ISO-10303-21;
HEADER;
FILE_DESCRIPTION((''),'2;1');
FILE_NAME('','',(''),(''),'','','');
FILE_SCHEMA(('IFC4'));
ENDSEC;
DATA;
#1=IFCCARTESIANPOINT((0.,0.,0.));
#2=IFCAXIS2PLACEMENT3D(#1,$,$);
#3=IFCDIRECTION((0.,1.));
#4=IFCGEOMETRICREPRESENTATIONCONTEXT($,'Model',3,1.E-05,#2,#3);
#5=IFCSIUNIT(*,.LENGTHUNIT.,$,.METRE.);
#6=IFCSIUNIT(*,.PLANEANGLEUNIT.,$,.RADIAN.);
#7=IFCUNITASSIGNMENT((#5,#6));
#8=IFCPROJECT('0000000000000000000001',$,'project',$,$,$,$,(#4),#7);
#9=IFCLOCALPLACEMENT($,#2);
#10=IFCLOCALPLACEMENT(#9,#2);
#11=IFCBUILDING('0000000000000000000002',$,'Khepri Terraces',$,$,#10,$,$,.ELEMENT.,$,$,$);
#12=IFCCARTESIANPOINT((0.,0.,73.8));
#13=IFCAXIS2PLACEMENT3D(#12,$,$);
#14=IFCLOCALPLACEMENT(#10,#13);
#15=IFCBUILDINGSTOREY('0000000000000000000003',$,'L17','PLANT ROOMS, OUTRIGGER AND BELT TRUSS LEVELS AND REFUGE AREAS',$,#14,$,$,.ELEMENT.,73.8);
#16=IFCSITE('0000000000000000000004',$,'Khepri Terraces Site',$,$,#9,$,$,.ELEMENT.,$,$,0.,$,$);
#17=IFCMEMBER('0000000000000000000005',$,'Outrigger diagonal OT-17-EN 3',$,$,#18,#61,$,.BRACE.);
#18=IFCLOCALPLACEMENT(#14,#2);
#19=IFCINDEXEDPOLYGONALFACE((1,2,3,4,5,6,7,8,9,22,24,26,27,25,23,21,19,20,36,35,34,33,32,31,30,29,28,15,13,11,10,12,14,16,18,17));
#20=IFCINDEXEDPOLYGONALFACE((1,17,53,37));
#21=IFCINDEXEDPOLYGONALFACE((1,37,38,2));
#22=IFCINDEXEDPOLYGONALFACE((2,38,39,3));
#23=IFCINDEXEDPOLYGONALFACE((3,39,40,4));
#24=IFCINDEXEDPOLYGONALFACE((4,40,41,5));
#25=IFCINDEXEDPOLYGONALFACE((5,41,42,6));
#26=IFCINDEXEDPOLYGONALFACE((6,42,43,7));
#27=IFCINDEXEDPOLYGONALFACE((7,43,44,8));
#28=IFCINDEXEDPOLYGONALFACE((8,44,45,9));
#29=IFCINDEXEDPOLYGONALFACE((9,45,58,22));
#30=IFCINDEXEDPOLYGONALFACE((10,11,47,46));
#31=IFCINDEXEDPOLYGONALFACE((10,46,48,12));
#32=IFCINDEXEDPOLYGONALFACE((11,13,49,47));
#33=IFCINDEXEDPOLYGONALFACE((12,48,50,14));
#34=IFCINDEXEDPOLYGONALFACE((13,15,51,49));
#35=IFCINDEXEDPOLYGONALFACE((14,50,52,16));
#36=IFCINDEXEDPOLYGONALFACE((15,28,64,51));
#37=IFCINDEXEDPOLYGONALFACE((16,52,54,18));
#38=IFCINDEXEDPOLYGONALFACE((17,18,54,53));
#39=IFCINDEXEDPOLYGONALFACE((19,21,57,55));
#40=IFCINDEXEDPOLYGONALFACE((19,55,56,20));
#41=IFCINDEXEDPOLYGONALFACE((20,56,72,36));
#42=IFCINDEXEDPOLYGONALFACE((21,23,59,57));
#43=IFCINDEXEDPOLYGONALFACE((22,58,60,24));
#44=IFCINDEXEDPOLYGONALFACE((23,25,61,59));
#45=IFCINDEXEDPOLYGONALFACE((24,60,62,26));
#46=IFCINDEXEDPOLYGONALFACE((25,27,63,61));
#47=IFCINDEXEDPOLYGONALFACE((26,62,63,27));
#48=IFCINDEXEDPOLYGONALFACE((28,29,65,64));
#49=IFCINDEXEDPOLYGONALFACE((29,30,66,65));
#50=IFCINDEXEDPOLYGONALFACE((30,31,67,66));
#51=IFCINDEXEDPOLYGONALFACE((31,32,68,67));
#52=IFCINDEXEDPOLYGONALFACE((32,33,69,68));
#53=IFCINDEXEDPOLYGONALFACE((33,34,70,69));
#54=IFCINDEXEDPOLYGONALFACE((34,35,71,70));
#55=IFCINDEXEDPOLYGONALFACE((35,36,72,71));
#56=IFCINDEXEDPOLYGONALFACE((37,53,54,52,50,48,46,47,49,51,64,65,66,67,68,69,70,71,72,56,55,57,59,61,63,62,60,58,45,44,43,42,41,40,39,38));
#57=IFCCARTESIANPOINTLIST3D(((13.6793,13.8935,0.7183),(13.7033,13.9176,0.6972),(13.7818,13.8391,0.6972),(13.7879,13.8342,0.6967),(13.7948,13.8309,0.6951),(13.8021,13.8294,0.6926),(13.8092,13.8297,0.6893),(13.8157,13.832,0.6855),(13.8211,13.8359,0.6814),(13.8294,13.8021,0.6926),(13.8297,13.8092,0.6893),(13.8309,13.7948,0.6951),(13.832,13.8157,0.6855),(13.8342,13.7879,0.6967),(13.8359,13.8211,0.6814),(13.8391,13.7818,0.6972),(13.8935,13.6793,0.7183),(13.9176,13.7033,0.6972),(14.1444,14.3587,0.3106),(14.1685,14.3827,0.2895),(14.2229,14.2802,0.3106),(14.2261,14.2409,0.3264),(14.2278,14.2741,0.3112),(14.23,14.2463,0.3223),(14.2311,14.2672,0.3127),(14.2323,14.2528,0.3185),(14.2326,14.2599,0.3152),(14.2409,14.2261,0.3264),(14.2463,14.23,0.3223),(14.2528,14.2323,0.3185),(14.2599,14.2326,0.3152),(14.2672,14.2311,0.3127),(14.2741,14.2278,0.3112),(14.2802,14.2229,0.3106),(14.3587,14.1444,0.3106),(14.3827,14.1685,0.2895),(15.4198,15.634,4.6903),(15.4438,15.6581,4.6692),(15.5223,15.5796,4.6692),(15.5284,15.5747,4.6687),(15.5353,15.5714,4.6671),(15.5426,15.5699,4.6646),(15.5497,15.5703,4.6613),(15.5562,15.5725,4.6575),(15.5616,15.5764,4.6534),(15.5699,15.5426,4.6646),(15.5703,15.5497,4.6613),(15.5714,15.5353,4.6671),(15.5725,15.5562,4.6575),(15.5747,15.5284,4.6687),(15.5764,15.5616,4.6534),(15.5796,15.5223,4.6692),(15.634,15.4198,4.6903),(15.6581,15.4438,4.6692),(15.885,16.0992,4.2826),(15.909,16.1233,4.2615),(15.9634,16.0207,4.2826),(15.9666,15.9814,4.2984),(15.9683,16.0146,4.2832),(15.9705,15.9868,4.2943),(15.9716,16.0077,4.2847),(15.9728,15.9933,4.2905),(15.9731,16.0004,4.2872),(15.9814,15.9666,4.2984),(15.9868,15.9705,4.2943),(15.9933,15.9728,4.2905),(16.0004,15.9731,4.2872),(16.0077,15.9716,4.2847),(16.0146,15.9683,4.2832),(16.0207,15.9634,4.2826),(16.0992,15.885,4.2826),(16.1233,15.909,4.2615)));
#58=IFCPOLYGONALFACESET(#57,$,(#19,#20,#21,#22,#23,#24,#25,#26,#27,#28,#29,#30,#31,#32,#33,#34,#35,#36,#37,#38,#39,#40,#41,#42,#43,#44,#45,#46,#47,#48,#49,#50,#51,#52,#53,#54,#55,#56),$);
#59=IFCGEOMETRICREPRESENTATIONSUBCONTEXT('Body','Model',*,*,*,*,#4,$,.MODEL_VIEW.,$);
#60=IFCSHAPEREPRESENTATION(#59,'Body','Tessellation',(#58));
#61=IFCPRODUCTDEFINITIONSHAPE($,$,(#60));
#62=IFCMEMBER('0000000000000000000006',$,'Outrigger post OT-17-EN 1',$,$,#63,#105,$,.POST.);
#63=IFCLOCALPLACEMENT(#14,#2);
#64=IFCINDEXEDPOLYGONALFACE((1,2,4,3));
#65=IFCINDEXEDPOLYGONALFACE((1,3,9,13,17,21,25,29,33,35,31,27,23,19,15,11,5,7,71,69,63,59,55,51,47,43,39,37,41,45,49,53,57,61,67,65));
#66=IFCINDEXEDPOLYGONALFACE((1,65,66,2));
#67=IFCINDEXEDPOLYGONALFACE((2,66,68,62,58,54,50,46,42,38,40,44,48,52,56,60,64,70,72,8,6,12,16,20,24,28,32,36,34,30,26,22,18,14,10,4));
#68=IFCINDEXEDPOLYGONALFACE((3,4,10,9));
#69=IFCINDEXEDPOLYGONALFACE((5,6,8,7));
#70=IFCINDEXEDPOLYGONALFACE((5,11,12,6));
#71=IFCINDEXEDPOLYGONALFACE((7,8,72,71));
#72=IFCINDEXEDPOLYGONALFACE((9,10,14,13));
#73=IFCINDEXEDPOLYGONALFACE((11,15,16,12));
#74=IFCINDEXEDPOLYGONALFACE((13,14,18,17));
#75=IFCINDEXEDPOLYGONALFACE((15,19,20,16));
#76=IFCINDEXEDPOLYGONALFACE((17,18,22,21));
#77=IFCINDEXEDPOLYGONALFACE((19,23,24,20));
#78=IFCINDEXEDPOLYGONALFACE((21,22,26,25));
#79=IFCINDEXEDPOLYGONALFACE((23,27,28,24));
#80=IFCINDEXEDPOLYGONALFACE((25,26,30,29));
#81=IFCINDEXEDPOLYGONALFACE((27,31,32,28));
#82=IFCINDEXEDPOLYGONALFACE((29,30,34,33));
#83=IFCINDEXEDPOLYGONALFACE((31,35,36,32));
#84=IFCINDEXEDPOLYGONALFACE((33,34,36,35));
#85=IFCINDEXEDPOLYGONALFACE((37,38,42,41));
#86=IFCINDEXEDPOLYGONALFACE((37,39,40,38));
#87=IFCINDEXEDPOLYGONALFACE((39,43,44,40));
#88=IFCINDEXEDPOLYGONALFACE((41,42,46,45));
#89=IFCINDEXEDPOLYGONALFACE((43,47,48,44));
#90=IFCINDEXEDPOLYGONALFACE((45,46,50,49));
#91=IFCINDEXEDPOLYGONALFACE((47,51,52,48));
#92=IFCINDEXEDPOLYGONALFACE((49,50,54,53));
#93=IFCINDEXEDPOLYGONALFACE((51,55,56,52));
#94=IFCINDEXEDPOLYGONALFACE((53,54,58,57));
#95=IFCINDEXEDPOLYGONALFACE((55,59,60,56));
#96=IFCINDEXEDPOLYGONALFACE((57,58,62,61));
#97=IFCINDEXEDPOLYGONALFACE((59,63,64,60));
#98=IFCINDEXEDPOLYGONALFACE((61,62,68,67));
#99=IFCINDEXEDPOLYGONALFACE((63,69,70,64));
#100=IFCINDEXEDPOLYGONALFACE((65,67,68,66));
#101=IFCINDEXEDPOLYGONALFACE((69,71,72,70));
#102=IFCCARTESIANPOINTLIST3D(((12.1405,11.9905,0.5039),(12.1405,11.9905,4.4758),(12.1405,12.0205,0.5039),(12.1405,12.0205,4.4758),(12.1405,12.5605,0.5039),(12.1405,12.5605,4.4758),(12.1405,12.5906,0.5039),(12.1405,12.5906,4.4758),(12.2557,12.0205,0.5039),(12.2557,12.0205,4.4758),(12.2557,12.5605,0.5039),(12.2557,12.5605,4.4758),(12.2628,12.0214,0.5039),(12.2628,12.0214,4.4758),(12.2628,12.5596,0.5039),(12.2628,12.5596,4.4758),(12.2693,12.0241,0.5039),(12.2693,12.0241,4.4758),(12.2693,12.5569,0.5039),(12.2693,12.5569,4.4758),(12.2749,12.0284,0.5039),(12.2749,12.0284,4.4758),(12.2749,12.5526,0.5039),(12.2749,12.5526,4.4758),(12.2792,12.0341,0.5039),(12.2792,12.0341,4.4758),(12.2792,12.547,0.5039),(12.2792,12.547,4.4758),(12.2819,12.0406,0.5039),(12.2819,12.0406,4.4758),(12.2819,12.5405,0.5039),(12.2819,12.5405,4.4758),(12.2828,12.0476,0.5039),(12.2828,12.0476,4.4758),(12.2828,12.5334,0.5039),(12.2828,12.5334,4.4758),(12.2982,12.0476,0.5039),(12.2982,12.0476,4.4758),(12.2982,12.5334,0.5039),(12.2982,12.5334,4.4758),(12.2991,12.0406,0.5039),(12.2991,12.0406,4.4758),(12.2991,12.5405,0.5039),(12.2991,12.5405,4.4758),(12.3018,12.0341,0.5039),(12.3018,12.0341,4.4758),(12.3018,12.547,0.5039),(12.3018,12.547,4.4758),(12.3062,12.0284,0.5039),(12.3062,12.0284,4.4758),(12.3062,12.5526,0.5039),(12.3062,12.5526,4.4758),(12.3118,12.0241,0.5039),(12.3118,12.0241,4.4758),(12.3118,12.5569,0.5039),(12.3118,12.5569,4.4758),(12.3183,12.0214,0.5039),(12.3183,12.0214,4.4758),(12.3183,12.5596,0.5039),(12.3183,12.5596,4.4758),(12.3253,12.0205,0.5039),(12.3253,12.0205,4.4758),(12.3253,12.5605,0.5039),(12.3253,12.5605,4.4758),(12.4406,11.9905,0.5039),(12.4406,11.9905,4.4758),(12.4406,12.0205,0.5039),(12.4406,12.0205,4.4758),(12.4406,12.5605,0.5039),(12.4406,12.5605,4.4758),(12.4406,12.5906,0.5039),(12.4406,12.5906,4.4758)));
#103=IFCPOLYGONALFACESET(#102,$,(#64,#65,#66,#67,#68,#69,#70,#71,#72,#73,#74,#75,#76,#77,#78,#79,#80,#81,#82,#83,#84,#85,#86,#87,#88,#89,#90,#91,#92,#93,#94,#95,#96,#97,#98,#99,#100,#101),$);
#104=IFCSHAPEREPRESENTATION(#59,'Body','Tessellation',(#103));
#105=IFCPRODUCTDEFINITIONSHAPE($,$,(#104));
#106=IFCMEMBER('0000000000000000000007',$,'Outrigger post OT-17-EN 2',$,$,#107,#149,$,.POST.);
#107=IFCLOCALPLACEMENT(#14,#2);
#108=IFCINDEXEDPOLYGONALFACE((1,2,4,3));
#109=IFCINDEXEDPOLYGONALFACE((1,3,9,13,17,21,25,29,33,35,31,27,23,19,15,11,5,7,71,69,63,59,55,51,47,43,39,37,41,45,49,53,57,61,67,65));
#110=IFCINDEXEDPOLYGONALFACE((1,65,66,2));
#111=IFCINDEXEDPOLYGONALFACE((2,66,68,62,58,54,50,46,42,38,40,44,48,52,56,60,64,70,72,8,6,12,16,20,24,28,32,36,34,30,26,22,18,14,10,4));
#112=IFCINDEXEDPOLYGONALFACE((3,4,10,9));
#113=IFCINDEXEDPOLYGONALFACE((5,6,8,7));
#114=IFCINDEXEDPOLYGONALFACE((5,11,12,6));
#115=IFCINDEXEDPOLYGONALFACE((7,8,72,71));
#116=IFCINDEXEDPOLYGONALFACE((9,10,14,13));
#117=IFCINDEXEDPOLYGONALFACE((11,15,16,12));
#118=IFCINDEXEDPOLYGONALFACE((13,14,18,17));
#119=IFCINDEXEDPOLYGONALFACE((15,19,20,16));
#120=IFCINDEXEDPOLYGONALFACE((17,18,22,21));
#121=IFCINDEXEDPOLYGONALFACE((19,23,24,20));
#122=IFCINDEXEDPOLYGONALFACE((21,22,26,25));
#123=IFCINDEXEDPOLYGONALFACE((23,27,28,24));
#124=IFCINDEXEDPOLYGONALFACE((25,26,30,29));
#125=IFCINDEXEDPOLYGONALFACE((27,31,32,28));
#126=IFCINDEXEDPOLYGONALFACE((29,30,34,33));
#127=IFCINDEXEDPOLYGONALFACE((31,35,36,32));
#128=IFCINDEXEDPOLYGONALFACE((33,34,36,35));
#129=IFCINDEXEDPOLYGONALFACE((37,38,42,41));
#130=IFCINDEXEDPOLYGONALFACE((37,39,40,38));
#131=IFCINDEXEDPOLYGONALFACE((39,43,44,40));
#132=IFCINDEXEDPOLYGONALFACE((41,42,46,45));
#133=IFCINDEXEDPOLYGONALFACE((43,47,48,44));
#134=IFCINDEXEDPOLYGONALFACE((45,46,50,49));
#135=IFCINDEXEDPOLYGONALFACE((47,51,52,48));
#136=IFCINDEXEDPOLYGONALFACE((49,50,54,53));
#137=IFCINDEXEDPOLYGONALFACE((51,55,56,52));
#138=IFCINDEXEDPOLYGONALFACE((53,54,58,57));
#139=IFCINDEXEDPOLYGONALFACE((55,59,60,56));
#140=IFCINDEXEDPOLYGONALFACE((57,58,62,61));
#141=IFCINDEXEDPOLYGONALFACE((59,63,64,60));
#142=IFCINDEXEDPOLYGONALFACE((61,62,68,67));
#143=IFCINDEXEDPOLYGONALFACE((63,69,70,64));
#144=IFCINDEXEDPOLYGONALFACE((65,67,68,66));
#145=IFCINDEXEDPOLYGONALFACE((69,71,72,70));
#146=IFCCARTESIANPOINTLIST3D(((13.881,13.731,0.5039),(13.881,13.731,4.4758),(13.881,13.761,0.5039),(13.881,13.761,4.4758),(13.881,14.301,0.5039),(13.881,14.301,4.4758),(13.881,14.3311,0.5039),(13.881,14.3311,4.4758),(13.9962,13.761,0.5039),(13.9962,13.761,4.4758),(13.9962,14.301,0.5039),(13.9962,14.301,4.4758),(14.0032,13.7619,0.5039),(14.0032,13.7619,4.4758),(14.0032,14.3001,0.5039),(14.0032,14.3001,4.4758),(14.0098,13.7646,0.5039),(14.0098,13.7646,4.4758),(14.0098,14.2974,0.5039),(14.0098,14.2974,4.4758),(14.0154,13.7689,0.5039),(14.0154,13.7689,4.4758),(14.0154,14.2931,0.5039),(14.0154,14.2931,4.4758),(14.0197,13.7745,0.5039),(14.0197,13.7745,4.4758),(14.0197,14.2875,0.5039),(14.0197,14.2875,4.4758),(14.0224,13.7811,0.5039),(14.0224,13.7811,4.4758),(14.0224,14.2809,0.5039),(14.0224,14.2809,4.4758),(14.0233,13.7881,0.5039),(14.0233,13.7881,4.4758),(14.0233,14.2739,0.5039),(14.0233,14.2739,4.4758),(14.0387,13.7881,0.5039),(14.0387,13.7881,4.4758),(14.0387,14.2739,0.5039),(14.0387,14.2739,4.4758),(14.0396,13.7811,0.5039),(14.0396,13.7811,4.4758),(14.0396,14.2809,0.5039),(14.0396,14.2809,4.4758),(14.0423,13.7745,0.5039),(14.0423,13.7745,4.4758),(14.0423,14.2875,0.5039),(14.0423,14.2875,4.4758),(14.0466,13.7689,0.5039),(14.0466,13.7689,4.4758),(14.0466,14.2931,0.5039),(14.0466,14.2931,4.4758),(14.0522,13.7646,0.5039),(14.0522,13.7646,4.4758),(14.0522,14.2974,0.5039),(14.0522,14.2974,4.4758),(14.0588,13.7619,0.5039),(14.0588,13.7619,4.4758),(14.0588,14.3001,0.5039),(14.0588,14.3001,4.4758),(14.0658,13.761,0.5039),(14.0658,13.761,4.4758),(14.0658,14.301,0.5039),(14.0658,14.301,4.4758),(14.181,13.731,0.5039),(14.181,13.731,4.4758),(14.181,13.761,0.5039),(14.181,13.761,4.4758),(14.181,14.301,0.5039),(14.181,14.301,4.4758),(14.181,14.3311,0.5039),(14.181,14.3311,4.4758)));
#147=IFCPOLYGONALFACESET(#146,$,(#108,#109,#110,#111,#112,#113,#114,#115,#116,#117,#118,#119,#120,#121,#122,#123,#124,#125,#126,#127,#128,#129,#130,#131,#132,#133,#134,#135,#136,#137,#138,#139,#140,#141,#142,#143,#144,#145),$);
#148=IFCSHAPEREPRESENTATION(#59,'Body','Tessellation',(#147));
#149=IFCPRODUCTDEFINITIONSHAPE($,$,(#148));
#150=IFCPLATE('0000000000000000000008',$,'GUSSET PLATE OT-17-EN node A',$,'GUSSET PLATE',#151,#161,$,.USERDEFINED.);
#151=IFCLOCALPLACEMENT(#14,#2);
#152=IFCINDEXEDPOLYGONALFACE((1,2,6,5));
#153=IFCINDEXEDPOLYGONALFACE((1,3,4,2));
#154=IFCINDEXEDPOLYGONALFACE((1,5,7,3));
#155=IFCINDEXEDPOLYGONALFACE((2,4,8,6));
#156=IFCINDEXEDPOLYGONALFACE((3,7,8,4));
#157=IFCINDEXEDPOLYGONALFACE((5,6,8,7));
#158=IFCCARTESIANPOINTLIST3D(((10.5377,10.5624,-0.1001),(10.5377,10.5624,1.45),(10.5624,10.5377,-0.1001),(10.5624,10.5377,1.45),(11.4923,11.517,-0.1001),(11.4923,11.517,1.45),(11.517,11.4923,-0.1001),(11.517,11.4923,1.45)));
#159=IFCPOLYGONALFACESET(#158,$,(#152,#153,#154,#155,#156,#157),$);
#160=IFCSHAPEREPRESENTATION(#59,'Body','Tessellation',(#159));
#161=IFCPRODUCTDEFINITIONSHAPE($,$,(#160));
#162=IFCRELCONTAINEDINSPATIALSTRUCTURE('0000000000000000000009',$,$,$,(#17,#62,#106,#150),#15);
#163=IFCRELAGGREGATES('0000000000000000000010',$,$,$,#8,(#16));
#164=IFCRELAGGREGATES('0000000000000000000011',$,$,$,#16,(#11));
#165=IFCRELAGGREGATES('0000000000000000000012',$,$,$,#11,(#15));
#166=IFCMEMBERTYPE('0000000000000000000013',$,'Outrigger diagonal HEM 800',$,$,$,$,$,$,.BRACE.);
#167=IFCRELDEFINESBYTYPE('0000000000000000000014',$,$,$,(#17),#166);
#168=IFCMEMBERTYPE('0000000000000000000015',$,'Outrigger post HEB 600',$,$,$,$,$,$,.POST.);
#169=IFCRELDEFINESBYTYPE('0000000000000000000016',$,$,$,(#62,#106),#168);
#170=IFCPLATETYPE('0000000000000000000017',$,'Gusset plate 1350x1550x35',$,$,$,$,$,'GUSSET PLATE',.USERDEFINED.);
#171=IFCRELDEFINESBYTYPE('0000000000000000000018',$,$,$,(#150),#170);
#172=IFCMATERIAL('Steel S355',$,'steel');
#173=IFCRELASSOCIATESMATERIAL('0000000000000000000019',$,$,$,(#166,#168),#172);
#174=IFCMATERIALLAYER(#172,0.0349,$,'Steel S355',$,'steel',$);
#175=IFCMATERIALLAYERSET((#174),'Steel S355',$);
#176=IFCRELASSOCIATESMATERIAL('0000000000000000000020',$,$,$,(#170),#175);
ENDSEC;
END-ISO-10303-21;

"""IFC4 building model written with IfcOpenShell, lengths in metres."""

from ifc_helpers import new_model, si_unit, direction, frame, origin, origin_2d, place, context, subcontext, project, spatial, rectangle, i_section, extrude, material, layer, layer_set, material_profile, profile_set, type_object, element, save


model = new_model("IFC4")

# Units and contexts
model_context = context("Model", 3, precision=1e-05, world=origin(), true_north=direction((0.0, 1.0)))
body_context = subcontext(model_context, "Body", "Model", "MODEL_VIEW")
ifc_project = project(units=[si_unit("LENGTHUNIT", "METRE"), si_unit("PLANEANGLEUNIT", "RADIAN")], contexts=[model_context])

# Site, building, storey
site_placement = place(None, origin())
site = spatial("IfcSite", under=ifc_project, at=site_placement, Name="Khepri Terraces Site", CompositionType="ELEMENT", RefElevation=0.0)
building_placement = place(site_placement, origin())
building = spatial("IfcBuilding", under=site, at=building_placement, Name="Khepri Terraces", CompositionType="ELEMENT")
storey_placement = place(building_placement, frame((0.0, 0.0, 73.8)))
storey = spatial("IfcBuildingStorey", under=building, at=storey_placement, Name="L17", Description="PLANT ROOMS, OUTRIGGER AND BELT TRUSS LEVELS AND REFUGE AREAS", CompositionType="ELEMENT", Elevation=73.8)

# Members
ifc_material_1 = material(Name="Steel S355", Category="steel")
ifc_material_profile_1 = material_profile(ifc_material_1, i_section(OverallWidth=0.303, OverallDepth=0.814, WebThickness=0.021, FlangeThickness=0.04, FilletRadius=0.03, at=origin_2d()), Name="Steel S355", Category="steel")
ifc_profile_set_1 = profile_set([ifc_material_profile_1], Name="Steel S355")
member_type_1 = type_object("IfcMemberType", Name="Outrigger diagonal HEM 800", PredefinedType="BRACE", material=ifc_profile_set_1)
for number, where, z_axis, x_axis, name in (
    (1, (14.031, 14.031, 0.5039), (0.372473, 0.372473, 0.850016), (-0.707107, 0.707107, 0.0), "Outrigger diagonal OT-17-EN 3"),
):
    element("IfcMember", number, at=place(storey_placement, frame(where, z_axis=z_axis, x_axis=x_axis)), inside=storey, type_object=member_type_1, Name=name, PredefinedType="BRACE", context=body_context, shape_type="SweptSolid", body=[
        extrude(i_section(OverallWidth=0.303, OverallDepth=0.814, WebThickness=0.021, FlangeThickness=0.04, FilletRadius=0.03, at=origin_2d()), origin(), (0.0, 0.0, 1.0), 4.6729),
    ])
ifc_material_profile_2 = material_profile(ifc_material_1, i_section(OverallWidth=0.3, OverallDepth=0.6001, WebThickness=0.0154, FlangeThickness=0.03, FilletRadius=0.0271, at=origin_2d()), Name="Steel S355", Category="steel")
ifc_profile_set_2 = profile_set([ifc_material_profile_2], Name="Steel S355")
member_type_2 = type_object("IfcMemberType", Name="Outrigger post HEB 600", PredefinedType="POST", material=ifc_profile_set_2)
for number, where, z_axis, x_axis, name in (
    (2, (12.2905, 12.2905, 0.5039), (0.0, 0.0, 1.0), (1.0, 0.0, 0.0), "Outrigger post OT-17-EN 1"),
    (3, (14.031, 14.031, 0.5039), (0.0, 0.0, 1.0), (1.0, 0.0, 0.0), "Outrigger post OT-17-EN 2"),
):
    element("IfcMember", number, at=place(storey_placement, frame(where, z_axis=z_axis, x_axis=x_axis)), inside=storey, type_object=member_type_2, Name=name, PredefinedType="POST", context=body_context, shape_type="SweptSolid", body=[
        extrude(i_section(OverallWidth=0.3, OverallDepth=0.6001, WebThickness=0.0154, FlangeThickness=0.03, FilletRadius=0.0271, at=origin_2d()), origin(), (0.0, 0.0, 1.0), 3.9719),
    ])

# Plate
ifc_layer = layer(ifc_material_1, 0.0349, Name="Steel S355", Category="steel")
ifc_layer_set = layer_set([ifc_layer], Name="Steel S355")
plate_type = type_object("IfcPlateType", Name="Gusset plate 1350x1550x35", ElementType="GUSSET PLATE", PredefinedType="USERDEFINED", material=ifc_layer_set)
plate_placement = place(storey_placement, frame((11.0273, 11.0273, -0.1001), z_axis=(0.0, 0.0, 1.0), x_axis=(0.707107, 0.707107, 0.0)))
element("IfcPlate", 4, at=plate_placement, inside=storey, type_object=plate_type, Name="GUSSET PLATE OT-17-EN node A", ObjectType="GUSSET PLATE", PredefinedType="USERDEFINED", context=body_context, shape_type="SweptSolid", body=[
    extrude(rectangle(XDim=1.3501, YDim=0.0349, at=origin_2d()), origin(), (0.0, 0.0, 1.0), 1.55),
])

save(model, "model.ifc")
